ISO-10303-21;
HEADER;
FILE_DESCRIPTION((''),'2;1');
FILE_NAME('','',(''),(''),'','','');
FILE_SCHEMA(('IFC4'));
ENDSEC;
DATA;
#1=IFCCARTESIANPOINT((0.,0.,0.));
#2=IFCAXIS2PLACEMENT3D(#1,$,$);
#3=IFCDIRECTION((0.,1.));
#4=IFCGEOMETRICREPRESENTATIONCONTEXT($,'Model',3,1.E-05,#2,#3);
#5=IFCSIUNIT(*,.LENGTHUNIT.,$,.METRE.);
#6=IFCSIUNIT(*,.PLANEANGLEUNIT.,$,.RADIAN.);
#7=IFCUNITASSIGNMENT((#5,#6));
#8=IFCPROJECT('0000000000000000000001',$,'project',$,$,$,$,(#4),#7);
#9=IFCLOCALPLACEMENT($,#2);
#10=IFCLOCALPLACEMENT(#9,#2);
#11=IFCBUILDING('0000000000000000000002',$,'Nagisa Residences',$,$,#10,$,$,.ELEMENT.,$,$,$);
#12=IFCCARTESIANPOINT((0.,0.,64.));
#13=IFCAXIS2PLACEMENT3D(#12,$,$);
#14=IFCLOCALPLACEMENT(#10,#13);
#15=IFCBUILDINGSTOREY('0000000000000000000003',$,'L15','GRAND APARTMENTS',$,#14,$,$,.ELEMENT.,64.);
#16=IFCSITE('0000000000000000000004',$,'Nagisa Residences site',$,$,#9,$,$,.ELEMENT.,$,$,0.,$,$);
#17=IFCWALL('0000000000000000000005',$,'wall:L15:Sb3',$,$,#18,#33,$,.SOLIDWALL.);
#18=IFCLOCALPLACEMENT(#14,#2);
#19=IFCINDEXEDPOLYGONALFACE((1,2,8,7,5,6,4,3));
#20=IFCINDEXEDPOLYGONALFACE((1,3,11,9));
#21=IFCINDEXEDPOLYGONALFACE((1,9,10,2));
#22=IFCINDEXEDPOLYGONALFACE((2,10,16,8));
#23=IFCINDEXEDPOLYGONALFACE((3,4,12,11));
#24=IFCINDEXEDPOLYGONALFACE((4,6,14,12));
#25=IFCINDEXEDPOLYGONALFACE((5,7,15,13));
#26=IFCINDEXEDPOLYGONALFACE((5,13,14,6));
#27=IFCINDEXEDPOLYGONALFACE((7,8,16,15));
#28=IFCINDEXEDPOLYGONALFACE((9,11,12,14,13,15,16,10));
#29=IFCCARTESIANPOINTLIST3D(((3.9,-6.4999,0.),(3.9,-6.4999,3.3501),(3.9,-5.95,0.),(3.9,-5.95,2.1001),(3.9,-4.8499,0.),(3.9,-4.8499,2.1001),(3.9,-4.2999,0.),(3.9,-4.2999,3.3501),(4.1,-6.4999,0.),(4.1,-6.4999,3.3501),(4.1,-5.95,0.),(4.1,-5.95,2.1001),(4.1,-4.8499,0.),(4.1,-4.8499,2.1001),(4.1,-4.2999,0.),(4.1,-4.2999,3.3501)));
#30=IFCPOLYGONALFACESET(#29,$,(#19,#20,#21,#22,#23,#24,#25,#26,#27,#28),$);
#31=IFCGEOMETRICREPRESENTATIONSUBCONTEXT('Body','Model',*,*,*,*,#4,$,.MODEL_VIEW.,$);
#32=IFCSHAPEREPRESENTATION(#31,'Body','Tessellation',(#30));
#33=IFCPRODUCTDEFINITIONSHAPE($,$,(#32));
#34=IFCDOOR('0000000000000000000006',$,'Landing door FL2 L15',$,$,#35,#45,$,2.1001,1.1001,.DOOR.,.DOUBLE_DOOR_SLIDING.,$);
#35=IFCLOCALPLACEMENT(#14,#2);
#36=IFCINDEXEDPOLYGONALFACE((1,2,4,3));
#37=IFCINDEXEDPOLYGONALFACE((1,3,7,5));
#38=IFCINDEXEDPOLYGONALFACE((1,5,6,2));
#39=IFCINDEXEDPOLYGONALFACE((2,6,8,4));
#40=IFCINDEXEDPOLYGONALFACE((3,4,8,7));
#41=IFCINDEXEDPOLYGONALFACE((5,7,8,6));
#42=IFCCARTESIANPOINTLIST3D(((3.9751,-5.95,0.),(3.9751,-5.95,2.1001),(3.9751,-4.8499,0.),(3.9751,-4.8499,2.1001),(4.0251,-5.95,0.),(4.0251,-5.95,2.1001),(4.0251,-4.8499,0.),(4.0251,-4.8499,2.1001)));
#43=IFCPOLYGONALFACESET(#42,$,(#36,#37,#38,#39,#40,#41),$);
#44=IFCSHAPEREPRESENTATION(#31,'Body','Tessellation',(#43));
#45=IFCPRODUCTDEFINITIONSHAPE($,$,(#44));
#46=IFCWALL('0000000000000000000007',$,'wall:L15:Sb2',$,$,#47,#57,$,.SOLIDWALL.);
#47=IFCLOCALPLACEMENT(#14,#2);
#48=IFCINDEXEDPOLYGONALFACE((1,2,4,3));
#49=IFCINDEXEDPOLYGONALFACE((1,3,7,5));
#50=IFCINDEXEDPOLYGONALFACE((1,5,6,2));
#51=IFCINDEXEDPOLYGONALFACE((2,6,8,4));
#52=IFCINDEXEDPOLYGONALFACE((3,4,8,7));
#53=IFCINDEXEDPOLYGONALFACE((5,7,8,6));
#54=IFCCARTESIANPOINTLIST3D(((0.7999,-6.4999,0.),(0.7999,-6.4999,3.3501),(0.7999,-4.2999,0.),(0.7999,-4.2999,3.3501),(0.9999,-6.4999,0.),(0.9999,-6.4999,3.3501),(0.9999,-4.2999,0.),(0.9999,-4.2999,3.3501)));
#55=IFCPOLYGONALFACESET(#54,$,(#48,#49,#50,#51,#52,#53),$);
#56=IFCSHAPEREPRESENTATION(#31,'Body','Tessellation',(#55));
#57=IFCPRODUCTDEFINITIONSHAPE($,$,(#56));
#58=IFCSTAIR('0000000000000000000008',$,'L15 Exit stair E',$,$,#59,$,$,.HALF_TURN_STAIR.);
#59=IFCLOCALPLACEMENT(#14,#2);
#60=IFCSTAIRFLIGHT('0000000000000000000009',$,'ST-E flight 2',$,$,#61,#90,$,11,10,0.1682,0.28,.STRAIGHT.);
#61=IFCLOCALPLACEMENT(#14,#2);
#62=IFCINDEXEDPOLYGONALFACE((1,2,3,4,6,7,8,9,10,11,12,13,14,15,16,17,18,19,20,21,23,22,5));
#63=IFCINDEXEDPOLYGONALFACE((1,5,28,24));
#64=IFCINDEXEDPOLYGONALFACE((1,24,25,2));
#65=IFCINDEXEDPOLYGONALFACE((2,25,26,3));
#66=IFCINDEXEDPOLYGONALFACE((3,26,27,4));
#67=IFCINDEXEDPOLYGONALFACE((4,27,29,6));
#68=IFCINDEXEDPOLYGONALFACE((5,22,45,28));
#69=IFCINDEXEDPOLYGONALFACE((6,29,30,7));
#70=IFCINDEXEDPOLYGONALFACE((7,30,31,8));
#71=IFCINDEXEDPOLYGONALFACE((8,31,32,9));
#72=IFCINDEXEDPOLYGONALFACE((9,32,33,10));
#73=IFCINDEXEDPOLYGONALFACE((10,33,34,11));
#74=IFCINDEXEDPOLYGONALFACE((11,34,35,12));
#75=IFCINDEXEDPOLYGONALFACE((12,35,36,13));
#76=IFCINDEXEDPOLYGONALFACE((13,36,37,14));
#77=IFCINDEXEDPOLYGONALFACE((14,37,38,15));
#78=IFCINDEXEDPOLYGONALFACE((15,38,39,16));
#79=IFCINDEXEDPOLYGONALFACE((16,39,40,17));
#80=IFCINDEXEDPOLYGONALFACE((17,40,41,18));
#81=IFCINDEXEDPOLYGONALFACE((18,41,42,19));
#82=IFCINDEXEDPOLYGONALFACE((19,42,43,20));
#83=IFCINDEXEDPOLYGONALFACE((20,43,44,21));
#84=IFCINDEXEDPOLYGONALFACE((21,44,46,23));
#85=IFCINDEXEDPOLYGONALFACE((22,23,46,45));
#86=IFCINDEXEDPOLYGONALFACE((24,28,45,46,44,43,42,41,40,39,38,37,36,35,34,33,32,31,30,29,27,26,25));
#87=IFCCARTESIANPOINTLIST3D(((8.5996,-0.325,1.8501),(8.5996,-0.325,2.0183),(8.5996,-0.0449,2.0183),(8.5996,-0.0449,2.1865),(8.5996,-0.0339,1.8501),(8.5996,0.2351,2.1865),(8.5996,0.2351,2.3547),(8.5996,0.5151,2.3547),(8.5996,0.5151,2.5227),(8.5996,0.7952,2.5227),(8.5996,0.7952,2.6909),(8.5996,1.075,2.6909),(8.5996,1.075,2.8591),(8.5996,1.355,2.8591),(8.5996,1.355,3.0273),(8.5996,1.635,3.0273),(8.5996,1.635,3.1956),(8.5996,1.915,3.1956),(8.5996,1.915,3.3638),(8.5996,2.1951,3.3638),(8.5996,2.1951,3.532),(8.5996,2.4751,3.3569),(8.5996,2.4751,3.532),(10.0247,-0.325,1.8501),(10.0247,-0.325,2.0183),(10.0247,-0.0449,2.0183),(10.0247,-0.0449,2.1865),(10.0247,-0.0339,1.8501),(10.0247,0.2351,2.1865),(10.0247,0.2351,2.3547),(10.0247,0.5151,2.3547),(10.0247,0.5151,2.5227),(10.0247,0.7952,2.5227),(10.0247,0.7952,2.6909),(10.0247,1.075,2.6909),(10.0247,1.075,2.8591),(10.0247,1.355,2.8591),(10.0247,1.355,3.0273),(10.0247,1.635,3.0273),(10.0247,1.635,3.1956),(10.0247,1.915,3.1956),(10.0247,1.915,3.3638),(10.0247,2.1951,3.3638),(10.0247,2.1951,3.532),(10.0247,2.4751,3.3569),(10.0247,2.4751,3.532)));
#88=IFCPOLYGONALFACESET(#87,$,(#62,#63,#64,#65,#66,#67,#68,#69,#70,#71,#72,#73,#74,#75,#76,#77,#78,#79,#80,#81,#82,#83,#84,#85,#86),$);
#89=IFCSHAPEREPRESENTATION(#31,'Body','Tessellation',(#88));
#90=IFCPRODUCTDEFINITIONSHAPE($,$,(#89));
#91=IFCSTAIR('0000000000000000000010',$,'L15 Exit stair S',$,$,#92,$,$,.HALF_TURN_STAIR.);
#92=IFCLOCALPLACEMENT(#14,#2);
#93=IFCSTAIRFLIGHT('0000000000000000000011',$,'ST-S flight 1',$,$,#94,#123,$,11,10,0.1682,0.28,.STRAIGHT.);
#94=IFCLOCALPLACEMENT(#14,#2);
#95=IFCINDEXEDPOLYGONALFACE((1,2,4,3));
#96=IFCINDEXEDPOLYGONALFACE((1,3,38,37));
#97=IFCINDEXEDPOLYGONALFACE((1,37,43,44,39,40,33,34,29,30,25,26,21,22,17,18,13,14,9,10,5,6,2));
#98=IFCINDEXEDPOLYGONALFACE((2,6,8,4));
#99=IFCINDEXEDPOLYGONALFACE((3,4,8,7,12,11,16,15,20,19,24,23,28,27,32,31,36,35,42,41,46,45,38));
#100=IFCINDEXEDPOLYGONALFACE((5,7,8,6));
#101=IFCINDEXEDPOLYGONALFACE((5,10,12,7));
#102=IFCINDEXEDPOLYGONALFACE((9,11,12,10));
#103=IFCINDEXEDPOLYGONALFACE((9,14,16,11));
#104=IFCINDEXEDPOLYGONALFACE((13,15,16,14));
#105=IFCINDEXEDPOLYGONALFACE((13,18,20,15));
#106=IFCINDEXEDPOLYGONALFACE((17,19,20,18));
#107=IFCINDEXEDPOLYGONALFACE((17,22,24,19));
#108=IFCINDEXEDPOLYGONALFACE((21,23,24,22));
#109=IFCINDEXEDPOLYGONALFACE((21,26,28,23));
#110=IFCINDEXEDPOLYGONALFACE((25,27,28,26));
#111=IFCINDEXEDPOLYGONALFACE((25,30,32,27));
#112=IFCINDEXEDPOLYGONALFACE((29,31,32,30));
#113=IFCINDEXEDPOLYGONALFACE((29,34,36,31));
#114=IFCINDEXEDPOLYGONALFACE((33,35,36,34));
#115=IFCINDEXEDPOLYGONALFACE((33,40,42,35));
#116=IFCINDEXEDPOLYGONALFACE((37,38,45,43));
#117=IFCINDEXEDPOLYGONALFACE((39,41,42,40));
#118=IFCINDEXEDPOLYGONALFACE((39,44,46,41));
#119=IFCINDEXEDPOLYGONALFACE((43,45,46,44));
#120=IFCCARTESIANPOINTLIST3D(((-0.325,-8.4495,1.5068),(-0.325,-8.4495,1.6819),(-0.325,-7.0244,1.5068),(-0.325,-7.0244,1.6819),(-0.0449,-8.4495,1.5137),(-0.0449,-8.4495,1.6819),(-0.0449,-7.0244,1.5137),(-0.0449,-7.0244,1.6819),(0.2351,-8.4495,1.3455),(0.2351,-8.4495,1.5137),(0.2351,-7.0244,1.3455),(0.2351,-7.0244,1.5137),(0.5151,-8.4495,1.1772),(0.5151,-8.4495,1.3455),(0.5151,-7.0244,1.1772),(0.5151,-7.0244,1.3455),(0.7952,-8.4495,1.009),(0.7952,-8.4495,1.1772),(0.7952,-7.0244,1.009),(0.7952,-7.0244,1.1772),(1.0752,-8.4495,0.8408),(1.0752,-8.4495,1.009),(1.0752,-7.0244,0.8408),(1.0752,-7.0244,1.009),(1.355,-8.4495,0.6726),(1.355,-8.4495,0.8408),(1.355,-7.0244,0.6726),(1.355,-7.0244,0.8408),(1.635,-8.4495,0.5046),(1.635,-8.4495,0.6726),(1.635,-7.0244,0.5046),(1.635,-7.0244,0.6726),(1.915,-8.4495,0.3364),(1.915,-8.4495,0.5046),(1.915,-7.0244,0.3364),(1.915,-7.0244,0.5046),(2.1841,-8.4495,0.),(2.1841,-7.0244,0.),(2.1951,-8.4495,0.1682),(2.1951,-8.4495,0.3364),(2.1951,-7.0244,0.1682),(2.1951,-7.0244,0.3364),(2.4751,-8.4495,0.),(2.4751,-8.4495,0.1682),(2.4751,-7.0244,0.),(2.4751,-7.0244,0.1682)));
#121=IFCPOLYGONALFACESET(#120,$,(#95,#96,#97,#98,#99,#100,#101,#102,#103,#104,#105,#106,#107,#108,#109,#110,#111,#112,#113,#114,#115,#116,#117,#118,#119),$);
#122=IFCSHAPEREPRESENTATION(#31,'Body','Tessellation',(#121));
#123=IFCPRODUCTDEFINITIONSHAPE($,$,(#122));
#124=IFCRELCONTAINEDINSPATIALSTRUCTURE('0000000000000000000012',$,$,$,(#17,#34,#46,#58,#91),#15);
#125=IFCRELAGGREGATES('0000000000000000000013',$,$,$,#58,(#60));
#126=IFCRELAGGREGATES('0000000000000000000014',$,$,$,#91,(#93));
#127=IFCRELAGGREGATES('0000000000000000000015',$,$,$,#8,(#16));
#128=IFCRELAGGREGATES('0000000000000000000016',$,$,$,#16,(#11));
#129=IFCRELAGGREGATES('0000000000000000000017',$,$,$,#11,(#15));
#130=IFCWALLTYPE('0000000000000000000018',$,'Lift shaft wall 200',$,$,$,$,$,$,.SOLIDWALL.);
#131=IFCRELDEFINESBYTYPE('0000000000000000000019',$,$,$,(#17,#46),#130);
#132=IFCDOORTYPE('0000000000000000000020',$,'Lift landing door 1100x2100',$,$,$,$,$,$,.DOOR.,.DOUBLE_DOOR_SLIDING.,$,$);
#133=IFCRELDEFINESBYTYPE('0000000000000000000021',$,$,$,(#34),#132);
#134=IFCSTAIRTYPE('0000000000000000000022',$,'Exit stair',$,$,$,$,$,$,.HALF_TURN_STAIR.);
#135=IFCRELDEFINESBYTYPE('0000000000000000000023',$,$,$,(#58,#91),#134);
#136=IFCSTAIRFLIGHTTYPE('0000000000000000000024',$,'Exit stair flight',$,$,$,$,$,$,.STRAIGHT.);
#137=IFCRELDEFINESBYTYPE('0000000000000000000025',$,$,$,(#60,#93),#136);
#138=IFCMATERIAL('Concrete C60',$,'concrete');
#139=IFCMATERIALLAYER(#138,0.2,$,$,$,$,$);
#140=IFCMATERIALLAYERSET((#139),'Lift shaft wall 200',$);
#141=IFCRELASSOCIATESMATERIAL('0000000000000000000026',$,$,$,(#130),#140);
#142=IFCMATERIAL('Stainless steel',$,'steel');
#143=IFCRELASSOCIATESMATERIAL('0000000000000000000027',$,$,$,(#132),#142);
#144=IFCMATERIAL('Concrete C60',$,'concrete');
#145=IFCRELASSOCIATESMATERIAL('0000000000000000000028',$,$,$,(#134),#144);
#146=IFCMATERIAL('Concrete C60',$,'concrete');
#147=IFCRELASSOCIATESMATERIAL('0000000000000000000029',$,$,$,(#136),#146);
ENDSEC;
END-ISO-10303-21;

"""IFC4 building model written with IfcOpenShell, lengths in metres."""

from ifc_helpers import new_model, si_unit, direction, frame, frame_2d, origin, place, context, subcontext, project, spatial, polyline, rectangle, outline, extrude, material, layer, layer_set, type_object, element, fill, aggregate, save


model = new_model("IFC4")

# Units and contexts
model_context = context("Model", 3, precision=1e-05, world=origin(), true_north=direction((0.0, 1.0)))
body_context = subcontext(model_context, "Body", "Model", "MODEL_VIEW")
ifc_project = project(units=[si_unit("LENGTHUNIT", "METRE"), si_unit("PLANEANGLEUNIT", "RADIAN")], contexts=[model_context])

# Site, building, storey
site_placement = place(None, origin())
site = spatial("IfcSite", under=ifc_project, at=site_placement, Name="Nagisa Residences site", CompositionType="ELEMENT", RefElevation=0.0)
building_placement = place(site_placement, origin())
building = spatial("IfcBuilding", under=site, at=building_placement, Name="Nagisa Residences", CompositionType="ELEMENT")
storey_placement = place(building_placement, frame((0.0, 0.0, 64.0)))
storey = spatial("IfcBuildingStorey", under=building, at=storey_placement, Name="L15", Description="GRAND APARTMENTS", CompositionType="ELEMENT", Elevation=64.0)

# Wall, opening, door
ifc_material_1 = material(Name="Concrete C60", Category="concrete")
ifc_layer_1 = layer(ifc_material_1, 0.2)
ifc_layer_set_1 = layer_set([ifc_layer_1], Name="Lift shaft wall 200")
wall_type_1 = type_object("IfcWallType", Name="Lift shaft wall 200", PredefinedType="SOLIDWALL", material=ifc_layer_set_1)
wall_1_placement = place(storey_placement, frame((4.0, -6.5, 0.0), z_axis=(0.0, 0.0, 1.0), x_axis=(0.0, 1.0, 0.0)))
wall_1 = element("IfcWall", 1, at=wall_1_placement, inside=storey, type_object=wall_type_1, Name="wall:L15:Sb3", PredefinedType="SOLIDWALL", context=body_context, shape_type="SweptSolid", body=[
    extrude(rectangle(XDim=2.2, YDim=0.2, at=frame_2d((1.1001, 0.0))), origin(), (0.0, 0.0, 1.0), 3.3501),
])
opening_placement = place(wall_1_placement, frame((0.55, 0.0, 0.0)))
opening = element("IfcOpeningElement", 2, at=opening_placement, cuts=wall_1, PredefinedType="OPENING", context=body_context, shape_type="SweptSolid", body=[
    extrude(rectangle(XDim=1.1001, YDim=2.1001, at=frame_2d((0.55, 1.05))), frame((0.0, 0.1099, 0.0), z_axis=(0.0, -1.0, 0.0), x_axis=(1.0, 0.0, 0.0)), (0.0, 0.0, 1.0), 0.22),
])
ifc_material_2 = material(Name="Stainless steel", Category="steel")
door_type = type_object("IfcDoorType", Name="Lift landing door 1100x2100", OperationType="DOUBLE_DOOR_SLIDING", PredefinedType="DOOR", material=ifc_material_2)
door_placement = place(opening_placement, origin())
door = element("IfcDoor", 3, at=door_placement, inside=storey, type_object=door_type, Name="Landing door FL2 L15", OperationType="DOUBLE_DOOR_SLIDING", OverallHeight=2.1001, OverallWidth=1.1001, PredefinedType="DOOR", context=body_context, shape_type="SweptSolid", body=[
    extrude(rectangle(XDim=1.1001, YDim=2.1001, at=frame_2d((0.55, 1.05))), frame((0.0, 0.0249, 0.0), z_axis=(0.0, -1.0, 0.0), x_axis=(1.0, 0.0, 0.0)), (0.0, 0.0, 1.0), 0.05),
])
fill(opening, door)

# Wall
wall_2_placement = place(storey_placement, frame((0.8999, -6.5, 0.0), z_axis=(0.0, 0.0, 1.0), x_axis=(0.0, 1.0, 0.0)))
element("IfcWall", 4, at=wall_2_placement, inside=storey, type_object=wall_type_1, Name="wall:L15:Sb2", PredefinedType="SOLIDWALL", context=body_context, shape_type="SweptSolid", body=[
    extrude(rectangle(XDim=2.2, YDim=0.2, at=frame_2d((1.1001, 0.0))), origin(), (0.0, 0.0, 1.0), 3.3501),
])

# Stairs, stair flights
ifc_material_3 = material(Name="Concrete C60", Category="concrete")
stair_type = type_object("IfcStairType", Name="Exit stair", PredefinedType="HALF_TURN_STAIR", material=ifc_material_3)
stair_1_placement = place(storey_placement, origin())
stair_1 = element("IfcStair", 5, at=stair_1_placement, inside=storey, type_object=stair_type, Name="L15 Exit stair E", PredefinedType="HALF_TURN_STAIR")
ifc_material_4 = material(Name="Concrete C60", Category="concrete")
stair_flight_type = type_object("IfcStairFlightType", Name="Exit stair flight", PredefinedType="STRAIGHT", material=ifc_material_4)
stair_flight_1_placement = place(storey_placement, frame((9.312, -0.325, 1.8501), z_axis=(0.0, 0.0, 1.0), x_axis=(0.0, 1.0, 0.0)))
stair_flight_1 = element("IfcStairFlight", 6, at=stair_flight_1_placement, type_object=stair_flight_type, Name="ST-E flight 2", NumberOfRisers=11, NumberOfTreads=10, PredefinedType="STRAIGHT", RiserHeight=0.1682, TreadLength=0.28, context=body_context, shape_type="SweptSolid", body=[
    extrude(outline(polyline([(0.0, 0.0), (0.0, 0.1682), (0.28, 0.1682), (0.28, 0.3364), (0.5601, 0.3364), (0.5601, 0.5046), (0.8401, 0.5046), (0.8401, 0.6726), (1.1201, 0.6726), (1.1201, 0.8408), (1.3999, 0.8408), (1.3999, 1.009), (1.6799, 1.009), (1.6799, 1.1772), (1.96, 1.1772), (1.96, 1.3455), (2.24, 1.3455), (2.24, 1.5137), (2.52, 1.5137), (2.52, 1.6819), (2.8, 1.6819), (2.8, 1.8501), (2.8, 1.5068), (0.291, 0.0), (0.0, 0.0)])), frame((0.0, 0.7124, 0.0), z_axis=(0.0, -1.0, 0.0), x_axis=(1.0, 0.0, 0.0)), (0.0, 0.0, 1.0), 1.425),
])
aggregate(stair_1, [stair_flight_1])
stair_2_placement = place(storey_placement, origin())
stair_2 = element("IfcStair", 7, at=stair_2_placement, inside=storey, type_object=stair_type, Name="L15 Exit stair S", PredefinedType="HALF_TURN_STAIR")
stair_flight_2_placement = place(storey_placement, frame((2.4751, -7.7371, 0.0), z_axis=(0.0, 0.0, 1.0), x_axis=(-1.0, 0.0, 0.0)))
stair_flight_2 = element("IfcStairFlight", 8, at=stair_flight_2_placement, type_object=stair_flight_type, Name="ST-S flight 1", NumberOfRisers=11, NumberOfTreads=10, PredefinedType="STRAIGHT", RiserHeight=0.1682, TreadLength=0.28, context=body_context, shape_type="SweptSolid", body=[
    extrude(outline(polyline([(0.0, 0.0), (0.0, 0.1682), (0.28, 0.1682), (0.28, 0.3364), (0.5601, 0.3364), (0.5601, 0.5046), (0.8401, 0.5046), (0.8401, 0.6726), (1.1201, 0.6726), (1.1201, 0.8408), (1.3999, 0.8408), (1.3999, 1.009), (1.6799, 1.009), (1.6799, 1.1772), (1.96, 1.1772), (1.96, 1.3455), (2.24, 1.3455), (2.24, 1.5137), (2.52, 1.5137), (2.52, 1.6819), (2.8, 1.6819), (2.8, 1.8501), (2.8, 1.5068), (0.291, 0.0), (0.0, 0.0)])), frame((0.0, 0.7124, 0.0), z_axis=(0.0, -1.0, 0.0), x_axis=(1.0, 0.0, 0.0)), (0.0, 0.0, 1.0), 1.425),
])
aggregate(stair_2, [stair_flight_2])

save(model, "model.ifc")
